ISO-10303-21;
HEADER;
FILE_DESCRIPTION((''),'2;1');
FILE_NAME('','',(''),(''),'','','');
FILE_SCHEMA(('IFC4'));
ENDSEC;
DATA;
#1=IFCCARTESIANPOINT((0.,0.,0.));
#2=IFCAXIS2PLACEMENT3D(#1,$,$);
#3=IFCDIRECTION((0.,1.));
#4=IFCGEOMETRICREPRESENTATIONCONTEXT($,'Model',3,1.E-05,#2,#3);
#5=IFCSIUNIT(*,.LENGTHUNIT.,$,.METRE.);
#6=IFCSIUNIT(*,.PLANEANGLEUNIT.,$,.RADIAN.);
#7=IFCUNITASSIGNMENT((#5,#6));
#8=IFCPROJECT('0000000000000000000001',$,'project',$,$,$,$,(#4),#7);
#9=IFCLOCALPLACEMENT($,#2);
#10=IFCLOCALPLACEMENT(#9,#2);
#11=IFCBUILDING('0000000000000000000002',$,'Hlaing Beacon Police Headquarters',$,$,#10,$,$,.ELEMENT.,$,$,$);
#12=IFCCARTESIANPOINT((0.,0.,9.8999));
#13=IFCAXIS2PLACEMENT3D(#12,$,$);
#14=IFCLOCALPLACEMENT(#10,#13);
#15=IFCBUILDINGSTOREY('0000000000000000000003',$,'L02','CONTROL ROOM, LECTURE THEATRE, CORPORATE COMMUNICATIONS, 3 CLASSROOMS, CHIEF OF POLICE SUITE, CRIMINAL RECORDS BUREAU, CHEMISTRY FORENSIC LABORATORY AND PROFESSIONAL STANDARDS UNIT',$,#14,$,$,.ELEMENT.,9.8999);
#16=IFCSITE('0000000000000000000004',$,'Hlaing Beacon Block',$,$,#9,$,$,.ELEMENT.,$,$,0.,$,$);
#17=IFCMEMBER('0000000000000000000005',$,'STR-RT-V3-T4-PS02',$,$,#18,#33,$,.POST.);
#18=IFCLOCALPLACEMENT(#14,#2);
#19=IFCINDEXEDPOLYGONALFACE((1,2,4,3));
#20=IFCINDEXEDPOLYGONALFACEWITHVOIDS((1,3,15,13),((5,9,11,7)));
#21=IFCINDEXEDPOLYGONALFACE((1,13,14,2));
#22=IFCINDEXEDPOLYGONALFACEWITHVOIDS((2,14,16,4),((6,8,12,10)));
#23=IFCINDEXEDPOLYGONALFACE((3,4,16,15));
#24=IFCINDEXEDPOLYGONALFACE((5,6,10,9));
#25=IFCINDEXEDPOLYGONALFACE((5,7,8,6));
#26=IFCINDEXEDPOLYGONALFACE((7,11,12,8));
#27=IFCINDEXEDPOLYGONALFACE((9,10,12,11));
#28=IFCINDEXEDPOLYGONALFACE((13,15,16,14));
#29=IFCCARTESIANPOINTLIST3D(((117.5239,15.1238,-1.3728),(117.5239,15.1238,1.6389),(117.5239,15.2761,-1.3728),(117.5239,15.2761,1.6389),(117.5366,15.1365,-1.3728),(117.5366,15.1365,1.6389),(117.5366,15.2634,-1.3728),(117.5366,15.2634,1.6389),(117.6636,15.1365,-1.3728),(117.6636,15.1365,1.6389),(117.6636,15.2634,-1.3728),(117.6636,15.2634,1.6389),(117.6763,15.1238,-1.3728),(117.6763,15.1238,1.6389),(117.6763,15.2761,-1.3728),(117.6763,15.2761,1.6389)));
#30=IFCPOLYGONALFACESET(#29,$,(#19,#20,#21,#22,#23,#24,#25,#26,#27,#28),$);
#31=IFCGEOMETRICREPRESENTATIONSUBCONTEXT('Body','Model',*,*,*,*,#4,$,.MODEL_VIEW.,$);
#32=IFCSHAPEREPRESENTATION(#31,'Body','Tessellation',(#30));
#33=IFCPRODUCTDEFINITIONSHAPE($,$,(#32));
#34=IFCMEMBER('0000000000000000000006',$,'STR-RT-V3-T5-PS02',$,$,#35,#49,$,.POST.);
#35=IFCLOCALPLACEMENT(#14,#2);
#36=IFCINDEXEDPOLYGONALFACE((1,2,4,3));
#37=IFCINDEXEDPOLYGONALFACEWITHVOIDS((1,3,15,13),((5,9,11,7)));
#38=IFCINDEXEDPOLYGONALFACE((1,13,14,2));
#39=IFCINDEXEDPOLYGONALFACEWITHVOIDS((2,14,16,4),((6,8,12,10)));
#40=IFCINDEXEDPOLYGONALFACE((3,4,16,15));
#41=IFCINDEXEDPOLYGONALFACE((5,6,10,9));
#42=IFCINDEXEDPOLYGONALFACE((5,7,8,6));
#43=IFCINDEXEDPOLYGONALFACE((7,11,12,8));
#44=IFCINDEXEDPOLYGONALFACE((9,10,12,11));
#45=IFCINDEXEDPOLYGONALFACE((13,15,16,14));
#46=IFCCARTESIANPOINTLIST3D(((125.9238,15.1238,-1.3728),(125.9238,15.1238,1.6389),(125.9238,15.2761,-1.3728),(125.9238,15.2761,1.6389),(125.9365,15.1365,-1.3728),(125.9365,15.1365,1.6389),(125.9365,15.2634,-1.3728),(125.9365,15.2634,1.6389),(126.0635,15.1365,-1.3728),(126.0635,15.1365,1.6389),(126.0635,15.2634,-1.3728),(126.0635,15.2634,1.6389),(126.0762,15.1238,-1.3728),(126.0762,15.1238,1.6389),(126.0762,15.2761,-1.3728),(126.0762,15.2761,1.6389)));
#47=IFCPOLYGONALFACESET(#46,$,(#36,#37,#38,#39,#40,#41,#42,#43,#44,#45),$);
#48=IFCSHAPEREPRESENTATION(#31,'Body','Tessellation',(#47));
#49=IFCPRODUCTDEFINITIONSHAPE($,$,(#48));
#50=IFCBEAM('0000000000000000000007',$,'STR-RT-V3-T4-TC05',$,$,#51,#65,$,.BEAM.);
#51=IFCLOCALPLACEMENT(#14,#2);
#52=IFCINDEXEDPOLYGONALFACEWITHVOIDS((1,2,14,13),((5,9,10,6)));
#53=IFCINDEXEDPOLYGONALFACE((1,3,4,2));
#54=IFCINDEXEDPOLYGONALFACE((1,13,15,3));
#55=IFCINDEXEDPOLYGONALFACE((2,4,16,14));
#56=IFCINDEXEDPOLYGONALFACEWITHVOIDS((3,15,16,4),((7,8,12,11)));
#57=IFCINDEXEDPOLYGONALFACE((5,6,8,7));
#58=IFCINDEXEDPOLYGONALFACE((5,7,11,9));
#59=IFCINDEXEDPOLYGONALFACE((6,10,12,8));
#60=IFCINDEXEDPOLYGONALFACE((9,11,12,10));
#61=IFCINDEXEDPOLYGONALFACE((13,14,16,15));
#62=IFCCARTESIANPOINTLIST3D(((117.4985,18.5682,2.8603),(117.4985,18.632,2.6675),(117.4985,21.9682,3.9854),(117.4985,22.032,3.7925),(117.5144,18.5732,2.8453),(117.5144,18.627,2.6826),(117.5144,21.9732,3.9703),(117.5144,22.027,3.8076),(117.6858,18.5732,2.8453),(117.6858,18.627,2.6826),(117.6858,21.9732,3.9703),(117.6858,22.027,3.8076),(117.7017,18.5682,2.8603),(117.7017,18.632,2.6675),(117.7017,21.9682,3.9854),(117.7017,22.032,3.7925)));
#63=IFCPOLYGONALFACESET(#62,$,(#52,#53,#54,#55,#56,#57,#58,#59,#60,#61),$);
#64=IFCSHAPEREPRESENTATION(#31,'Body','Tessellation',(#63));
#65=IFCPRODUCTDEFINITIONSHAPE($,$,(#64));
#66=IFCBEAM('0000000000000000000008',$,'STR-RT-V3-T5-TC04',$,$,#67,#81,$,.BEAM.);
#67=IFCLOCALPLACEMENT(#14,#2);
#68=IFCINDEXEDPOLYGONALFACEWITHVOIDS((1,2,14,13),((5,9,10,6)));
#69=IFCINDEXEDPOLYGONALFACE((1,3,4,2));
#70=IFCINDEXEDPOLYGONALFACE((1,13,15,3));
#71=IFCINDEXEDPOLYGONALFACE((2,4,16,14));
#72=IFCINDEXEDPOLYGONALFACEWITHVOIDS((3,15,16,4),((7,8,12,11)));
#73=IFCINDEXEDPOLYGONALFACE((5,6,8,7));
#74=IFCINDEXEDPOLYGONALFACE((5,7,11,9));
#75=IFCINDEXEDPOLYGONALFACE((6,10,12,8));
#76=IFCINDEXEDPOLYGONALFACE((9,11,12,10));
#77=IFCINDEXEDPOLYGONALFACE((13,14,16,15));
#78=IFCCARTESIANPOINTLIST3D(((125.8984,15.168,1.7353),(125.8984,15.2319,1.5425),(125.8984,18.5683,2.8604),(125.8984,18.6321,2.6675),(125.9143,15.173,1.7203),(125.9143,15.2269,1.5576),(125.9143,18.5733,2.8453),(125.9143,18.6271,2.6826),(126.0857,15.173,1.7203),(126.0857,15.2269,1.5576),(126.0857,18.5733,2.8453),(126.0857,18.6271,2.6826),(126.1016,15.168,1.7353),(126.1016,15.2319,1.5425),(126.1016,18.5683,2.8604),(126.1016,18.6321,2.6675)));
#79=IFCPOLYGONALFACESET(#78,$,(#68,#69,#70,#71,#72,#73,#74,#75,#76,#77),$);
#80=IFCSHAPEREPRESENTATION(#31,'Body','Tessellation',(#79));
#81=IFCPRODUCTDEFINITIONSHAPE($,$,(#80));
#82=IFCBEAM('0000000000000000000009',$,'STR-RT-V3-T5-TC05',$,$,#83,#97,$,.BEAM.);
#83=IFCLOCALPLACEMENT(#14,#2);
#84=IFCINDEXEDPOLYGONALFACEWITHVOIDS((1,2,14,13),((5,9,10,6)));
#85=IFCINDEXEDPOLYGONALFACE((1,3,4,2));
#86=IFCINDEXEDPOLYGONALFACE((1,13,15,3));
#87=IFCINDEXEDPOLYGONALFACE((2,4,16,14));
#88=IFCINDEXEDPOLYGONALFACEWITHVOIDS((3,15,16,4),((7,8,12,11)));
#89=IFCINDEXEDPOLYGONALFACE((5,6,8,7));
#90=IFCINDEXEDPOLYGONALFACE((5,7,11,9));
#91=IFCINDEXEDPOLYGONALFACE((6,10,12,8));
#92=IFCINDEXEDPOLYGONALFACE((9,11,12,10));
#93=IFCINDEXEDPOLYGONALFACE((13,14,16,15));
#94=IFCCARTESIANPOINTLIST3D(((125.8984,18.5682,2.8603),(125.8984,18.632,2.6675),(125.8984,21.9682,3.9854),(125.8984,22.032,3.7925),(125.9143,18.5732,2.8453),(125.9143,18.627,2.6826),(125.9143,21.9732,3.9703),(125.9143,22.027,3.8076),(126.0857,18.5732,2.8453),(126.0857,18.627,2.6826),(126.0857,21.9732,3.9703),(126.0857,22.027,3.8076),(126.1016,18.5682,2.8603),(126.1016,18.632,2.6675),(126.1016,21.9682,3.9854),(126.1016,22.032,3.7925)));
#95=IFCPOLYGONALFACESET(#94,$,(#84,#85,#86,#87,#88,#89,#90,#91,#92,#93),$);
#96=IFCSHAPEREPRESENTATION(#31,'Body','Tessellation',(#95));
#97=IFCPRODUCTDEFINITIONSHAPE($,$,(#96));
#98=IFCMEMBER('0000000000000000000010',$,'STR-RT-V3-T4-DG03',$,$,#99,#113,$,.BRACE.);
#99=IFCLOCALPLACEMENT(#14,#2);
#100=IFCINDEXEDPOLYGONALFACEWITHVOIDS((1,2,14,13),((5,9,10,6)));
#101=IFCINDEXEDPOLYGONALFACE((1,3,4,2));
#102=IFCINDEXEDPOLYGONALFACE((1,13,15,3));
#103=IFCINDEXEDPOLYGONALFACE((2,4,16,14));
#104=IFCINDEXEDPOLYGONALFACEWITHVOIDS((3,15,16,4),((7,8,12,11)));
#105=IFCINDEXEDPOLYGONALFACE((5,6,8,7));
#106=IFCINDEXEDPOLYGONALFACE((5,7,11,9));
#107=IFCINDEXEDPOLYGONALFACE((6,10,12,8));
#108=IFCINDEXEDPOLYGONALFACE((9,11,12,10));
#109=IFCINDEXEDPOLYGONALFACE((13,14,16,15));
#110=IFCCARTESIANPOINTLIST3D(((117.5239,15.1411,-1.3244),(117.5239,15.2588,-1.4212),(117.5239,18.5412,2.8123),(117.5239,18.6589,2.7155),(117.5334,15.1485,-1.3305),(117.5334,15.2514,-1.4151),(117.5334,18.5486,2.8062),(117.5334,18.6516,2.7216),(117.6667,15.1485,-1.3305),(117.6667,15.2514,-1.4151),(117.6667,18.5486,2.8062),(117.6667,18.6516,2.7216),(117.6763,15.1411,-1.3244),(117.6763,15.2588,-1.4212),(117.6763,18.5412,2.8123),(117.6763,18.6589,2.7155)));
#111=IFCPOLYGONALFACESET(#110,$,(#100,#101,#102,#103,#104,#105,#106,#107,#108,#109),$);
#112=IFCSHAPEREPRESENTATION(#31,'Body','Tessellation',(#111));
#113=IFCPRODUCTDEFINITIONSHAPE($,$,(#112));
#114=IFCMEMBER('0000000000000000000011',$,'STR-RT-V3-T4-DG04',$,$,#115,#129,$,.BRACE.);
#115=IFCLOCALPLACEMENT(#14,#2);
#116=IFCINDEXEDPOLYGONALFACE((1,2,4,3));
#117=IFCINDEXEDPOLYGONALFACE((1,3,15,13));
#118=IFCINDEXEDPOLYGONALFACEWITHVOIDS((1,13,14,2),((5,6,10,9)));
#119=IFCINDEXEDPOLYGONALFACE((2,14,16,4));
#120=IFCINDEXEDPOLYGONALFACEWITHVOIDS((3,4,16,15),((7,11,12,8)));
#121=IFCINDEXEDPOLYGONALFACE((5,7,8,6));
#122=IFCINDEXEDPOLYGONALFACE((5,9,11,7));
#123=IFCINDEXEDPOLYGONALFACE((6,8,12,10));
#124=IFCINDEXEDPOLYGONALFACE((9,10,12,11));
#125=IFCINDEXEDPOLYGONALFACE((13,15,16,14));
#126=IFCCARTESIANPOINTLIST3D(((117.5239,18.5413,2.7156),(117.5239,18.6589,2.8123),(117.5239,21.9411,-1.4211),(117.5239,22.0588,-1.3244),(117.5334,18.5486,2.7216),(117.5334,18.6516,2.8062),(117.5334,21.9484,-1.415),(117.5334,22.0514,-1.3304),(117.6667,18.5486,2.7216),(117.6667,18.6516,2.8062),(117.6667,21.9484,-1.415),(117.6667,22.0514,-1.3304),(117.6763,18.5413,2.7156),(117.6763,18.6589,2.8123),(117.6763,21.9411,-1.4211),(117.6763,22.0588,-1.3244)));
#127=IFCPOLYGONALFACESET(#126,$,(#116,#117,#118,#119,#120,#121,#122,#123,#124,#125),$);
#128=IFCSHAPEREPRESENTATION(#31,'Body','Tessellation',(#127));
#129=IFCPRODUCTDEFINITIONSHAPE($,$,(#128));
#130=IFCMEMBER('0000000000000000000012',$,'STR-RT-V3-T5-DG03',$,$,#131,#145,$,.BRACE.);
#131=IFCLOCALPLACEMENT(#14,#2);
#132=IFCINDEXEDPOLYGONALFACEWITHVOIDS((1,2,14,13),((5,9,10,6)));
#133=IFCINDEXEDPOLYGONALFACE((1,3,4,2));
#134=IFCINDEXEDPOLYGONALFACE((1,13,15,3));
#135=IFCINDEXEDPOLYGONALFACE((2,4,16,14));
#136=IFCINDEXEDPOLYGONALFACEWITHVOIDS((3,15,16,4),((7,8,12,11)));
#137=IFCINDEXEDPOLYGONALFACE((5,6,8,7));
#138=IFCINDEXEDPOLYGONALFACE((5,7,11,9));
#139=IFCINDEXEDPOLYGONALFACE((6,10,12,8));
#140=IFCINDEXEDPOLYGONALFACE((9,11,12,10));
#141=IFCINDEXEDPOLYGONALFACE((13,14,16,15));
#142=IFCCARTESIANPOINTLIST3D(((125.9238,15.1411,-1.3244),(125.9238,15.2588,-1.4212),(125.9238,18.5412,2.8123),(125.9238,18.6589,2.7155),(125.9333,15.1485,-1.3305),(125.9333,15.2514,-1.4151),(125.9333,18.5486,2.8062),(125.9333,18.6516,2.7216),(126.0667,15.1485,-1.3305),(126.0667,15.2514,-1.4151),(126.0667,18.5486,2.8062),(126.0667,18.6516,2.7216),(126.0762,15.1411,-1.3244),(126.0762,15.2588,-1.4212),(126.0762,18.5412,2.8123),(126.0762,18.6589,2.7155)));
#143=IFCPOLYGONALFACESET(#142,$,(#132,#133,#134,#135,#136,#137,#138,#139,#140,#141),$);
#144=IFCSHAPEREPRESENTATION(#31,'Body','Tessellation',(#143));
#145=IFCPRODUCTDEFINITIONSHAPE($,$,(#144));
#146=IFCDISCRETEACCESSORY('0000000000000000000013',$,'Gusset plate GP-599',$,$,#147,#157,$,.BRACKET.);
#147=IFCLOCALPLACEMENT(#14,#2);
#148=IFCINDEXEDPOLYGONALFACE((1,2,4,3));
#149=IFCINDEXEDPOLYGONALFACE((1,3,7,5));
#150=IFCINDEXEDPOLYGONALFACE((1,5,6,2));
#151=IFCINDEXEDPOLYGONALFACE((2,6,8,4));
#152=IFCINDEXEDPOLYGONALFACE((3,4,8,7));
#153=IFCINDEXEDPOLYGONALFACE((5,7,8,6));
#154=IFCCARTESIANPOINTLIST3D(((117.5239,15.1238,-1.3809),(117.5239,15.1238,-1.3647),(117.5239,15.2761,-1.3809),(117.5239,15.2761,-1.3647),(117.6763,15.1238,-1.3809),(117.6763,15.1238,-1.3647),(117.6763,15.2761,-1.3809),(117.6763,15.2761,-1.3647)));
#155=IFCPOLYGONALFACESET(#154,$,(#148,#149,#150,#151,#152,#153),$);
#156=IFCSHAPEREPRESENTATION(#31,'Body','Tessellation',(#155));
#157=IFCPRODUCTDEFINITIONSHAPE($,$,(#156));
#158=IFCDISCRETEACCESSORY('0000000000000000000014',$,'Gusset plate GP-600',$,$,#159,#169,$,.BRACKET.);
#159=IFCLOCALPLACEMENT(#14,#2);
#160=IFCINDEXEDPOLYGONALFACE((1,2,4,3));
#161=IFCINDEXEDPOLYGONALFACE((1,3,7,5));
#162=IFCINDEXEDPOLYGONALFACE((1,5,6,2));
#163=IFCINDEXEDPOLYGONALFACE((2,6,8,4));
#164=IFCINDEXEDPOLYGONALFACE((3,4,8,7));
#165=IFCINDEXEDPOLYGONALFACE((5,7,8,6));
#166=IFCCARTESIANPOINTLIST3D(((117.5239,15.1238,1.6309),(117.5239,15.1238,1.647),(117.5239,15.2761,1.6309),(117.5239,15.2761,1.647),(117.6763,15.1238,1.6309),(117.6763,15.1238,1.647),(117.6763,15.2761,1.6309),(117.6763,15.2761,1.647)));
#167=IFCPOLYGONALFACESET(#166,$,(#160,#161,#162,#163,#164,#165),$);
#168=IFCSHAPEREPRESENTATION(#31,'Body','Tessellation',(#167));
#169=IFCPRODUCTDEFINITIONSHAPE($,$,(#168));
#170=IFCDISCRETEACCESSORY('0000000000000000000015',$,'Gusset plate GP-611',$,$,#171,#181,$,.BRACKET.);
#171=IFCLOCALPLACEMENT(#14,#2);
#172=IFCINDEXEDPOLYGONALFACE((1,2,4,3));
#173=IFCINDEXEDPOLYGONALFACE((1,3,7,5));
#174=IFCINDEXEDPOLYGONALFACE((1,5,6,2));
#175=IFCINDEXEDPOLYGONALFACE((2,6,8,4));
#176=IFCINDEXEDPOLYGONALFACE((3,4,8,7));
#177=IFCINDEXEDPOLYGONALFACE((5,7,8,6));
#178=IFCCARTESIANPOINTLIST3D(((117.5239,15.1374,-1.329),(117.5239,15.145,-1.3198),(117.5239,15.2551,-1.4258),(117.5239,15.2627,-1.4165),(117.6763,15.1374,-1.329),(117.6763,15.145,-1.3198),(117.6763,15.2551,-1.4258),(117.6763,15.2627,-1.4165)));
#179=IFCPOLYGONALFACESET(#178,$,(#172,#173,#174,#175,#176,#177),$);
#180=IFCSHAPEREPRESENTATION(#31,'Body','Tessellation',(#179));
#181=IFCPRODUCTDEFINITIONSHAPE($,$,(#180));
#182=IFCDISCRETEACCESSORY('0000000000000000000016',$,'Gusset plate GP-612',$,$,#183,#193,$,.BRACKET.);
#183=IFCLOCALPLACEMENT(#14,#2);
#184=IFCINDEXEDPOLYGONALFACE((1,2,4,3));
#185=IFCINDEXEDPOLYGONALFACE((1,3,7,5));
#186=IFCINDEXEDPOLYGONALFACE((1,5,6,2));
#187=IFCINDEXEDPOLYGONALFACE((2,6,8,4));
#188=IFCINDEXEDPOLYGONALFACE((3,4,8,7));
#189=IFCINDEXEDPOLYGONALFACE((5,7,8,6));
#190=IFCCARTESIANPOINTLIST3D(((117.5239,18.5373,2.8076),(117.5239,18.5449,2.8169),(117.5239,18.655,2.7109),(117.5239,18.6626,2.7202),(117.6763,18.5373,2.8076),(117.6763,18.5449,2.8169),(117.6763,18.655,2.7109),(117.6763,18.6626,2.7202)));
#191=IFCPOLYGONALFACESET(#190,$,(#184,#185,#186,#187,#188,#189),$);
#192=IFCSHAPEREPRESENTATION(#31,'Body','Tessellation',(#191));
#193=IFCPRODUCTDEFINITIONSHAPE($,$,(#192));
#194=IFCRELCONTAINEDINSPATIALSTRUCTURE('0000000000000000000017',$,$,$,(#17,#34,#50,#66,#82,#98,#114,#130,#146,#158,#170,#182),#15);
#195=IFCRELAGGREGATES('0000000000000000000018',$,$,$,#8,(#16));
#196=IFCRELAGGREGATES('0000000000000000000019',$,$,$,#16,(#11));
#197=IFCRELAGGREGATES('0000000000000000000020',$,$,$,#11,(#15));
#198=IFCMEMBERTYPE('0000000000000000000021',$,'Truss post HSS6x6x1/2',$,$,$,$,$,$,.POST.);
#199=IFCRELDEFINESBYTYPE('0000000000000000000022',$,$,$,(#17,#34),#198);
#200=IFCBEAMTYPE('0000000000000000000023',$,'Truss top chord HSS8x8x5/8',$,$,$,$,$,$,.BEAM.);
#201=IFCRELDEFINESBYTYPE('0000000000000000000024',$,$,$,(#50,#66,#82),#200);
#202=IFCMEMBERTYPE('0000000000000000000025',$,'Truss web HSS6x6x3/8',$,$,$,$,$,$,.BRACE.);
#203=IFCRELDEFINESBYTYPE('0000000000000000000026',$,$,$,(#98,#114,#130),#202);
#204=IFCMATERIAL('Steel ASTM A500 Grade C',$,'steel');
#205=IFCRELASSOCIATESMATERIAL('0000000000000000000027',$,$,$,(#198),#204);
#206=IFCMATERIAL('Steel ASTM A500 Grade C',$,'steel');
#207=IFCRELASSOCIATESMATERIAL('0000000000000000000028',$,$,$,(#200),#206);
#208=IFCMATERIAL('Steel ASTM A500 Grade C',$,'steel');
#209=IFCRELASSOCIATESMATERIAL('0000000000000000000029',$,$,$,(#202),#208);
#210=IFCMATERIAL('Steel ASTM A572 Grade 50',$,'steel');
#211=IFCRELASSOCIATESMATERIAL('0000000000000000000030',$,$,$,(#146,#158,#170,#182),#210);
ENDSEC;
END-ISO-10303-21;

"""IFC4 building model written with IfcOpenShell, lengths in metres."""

from ifc_helpers import new_model, si_unit, direction, frame, origin, origin_2d, place, context, subcontext, project, spatial, rectangle, hollow_rectangle, extrude, material, material_profile, profile_set, type_object, element, save


model = new_model("IFC4")

# Units and contexts
model_context = context("Model", 3, precision=1e-05, world=origin(), true_north=direction((0.0, 1.0)))
body_context = subcontext(model_context, "Body", "Model", "MODEL_VIEW")
ifc_project = project(units=[si_unit("LENGTHUNIT", "METRE"), si_unit("PLANEANGLEUNIT", "RADIAN")], contexts=[model_context])

# Site, building, storey
site_placement = place(None, origin())
site = spatial("IfcSite", under=ifc_project, at=site_placement, Name="Hlaing Beacon Block", CompositionType="ELEMENT", RefElevation=0.0)
building_placement = place(site_placement, origin())
building = spatial("IfcBuilding", under=site, at=building_placement, Name="Hlaing Beacon Police Headquarters", CompositionType="ELEMENT")
storey_placement = place(building_placement, frame((0.0, 0.0, 9.8999)))
storey = spatial("IfcBuildingStorey", under=building, at=storey_placement, Name="L02", Description="CONTROL ROOM, LECTURE THEATRE, CORPORATE COMMUNICATIONS, 3 CLASSROOMS, CHIEF OF POLICE SUITE, CRIMINAL RECORDS BUREAU, CHEMISTRY FORENSIC LABORATORY AND PROFESSIONAL STANDARDS UNIT", CompositionType="ELEMENT", Elevation=9.8999)

# Members
ifc_material_1 = material(Name="Steel ASTM A500 Grade C", Category="steel")
ifc_material_profile_1 = material_profile(ifc_material_1, hollow_rectangle(XDim=0.1523, YDim=0.1523, WallThickness=0.0127, at=origin_2d()), Name="HSS6x6x1/2")
ifc_profile_set_1 = profile_set([ifc_material_profile_1], Name="Steel ASTM A500 Grade C")
member_type_1 = type_object("IfcMemberType", Name="Truss post HSS6x6x1/2", PredefinedType="POST", material=ifc_profile_set_1)
for number, where, z_axis, x_axis, name in (
    (1, (117.6001, 15.2, -1.3728), (0.0, 0.0, 1.0), (1.0, 0.0, 0.0), "STR-RT-V3-T4-PS02"),
    (2, (126.0, 15.2, -1.3728), (0.0, 0.0, 1.0), (1.0, 0.0, 0.0), "STR-RT-V3-T5-PS02"),
):
    element("IfcMember", number, at=place(storey_placement, frame(where, z_axis=z_axis, x_axis=x_axis)), inside=storey, type_object=member_type_1, Name=name, PredefinedType="POST", context=body_context, shape_type="SweptSolid", body=[
        extrude(hollow_rectangle(XDim=0.1523, YDim=0.1523, WallThickness=0.0127, at=origin_2d()), origin(), (0.0, 0.0, 1.0), 3.0117),
    ])

# Beams
ifc_material_2 = material(Name="Steel ASTM A500 Grade C", Category="steel")
ifc_material_profile_2 = material_profile(ifc_material_2, hollow_rectangle(XDim=0.2031, YDim=0.2031, WallThickness=0.0159, at=origin_2d()), Name="HSS8x8x5/8")
ifc_profile_set_2 = profile_set([ifc_material_profile_2], Name="Steel ASTM A500 Grade C")
beam_type_1 = type_object("IfcBeamType", Name="Truss top chord HSS8x8x5/8", PredefinedType="BEAM", material=ifc_profile_set_2)
beam_1_placement = place(storey_placement, frame((117.6001, 18.6001, 2.7639), z_axis=(0.0, 0.949376, 0.314141), x_axis=(-1.0, 0.0, 0.0)))
element("IfcBeam", 3, at=beam_1_placement, inside=storey, type_object=beam_type_1, Name="STR-RT-V3-T4-TC05", PredefinedType="BEAM", context=body_context, shape_type="SweptSolid", body=[
    extrude(hollow_rectangle(XDim=0.2031, YDim=0.2031, WallThickness=0.0159, at=origin_2d()), origin(), (0.0, 0.0, 1.0), 3.5813),
])
beam_2_placement = place(storey_placement, frame((126.0, 15.2, 1.6389), z_axis=(0.0, 0.949383, 0.314121), x_axis=(-1.0, 0.0, 0.0)))
element("IfcBeam", 4, at=beam_2_placement, inside=storey, type_object=beam_type_1, Name="STR-RT-V3-T5-TC04", PredefinedType="BEAM", context=body_context, shape_type="SweptSolid", body=[
    extrude(hollow_rectangle(XDim=0.2031, YDim=0.2031, WallThickness=0.0159, at=origin_2d()), origin(), (0.0, 0.0, 1.0), 3.5815),
])
beam_3_placement = place(storey_placement, frame((126.0, 18.6001, 2.7639), z_axis=(0.0, 0.949376, 0.314141), x_axis=(-1.0, 0.0, 0.0)))
element("IfcBeam", 5, at=beam_3_placement, inside=storey, type_object=beam_type_1, Name="STR-RT-V3-T5-TC05", PredefinedType="BEAM", context=body_context, shape_type="SweptSolid", body=[
    extrude(hollow_rectangle(XDim=0.2031, YDim=0.2031, WallThickness=0.0159, at=origin_2d()), origin(), (0.0, 0.0, 1.0), 3.5813),
])

# Members
ifc_material_3 = material(Name="Steel ASTM A500 Grade C", Category="steel")
ifc_material_profile_3 = material_profile(ifc_material_3, hollow_rectangle(XDim=0.1523, YDim=0.1523, WallThickness=0.0095, at=origin_2d()), Name="HSS6x6x3/8")
ifc_profile_set_3 = profile_set([ifc_material_profile_3], Name="Steel ASTM A500 Grade C")
member_type_2 = type_object("IfcMemberType", Name="Truss web HSS6x6x3/8", PredefinedType="BRACE", material=ifc_profile_set_3)
member_1_placement = place(storey_placement, frame((117.6001, 15.2, -1.3728), z_axis=(0.0, 0.634977, 0.772531), x_axis=(-1.0, 0.0, 0.0)))
element("IfcMember", 6, at=member_1_placement, inside=storey, type_object=member_type_2, Name="STR-RT-V3-T4-DG03", PredefinedType="BRACE", context=body_context, shape_type="SweptSolid", body=[
    extrude(hollow_rectangle(XDim=0.1523, YDim=0.1523, WallThickness=0.0095, at=origin_2d()), origin(), (0.0, 0.0, 1.0), 5.3547),
])
member_2_placement = place(storey_placement, frame((117.6001, 18.6001, 2.7639), z_axis=(0.0, 0.634949, -0.772554), x_axis=(-1.0, 0.0, 0.0)))
element("IfcMember", 7, at=member_2_placement, inside=storey, type_object=member_type_2, Name="STR-RT-V3-T4-DG04", PredefinedType="BRACE", context=body_context, shape_type="SweptSolid", body=[
    extrude(hollow_rectangle(XDim=0.1523, YDim=0.1523, WallThickness=0.0095, at=origin_2d()), origin(), (0.0, 0.0, 1.0), 5.3545),
])
member_3_placement = place(storey_placement, frame((126.0, 15.2, -1.3728), z_axis=(0.0, 0.634977, 0.772531), x_axis=(-1.0, 0.0, 0.0)))
element("IfcMember", 8, at=member_3_placement, inside=storey, type_object=member_type_2, Name="STR-RT-V3-T5-DG03", PredefinedType="BRACE", context=body_context, shape_type="SweptSolid", body=[
    extrude(hollow_rectangle(XDim=0.1523, YDim=0.1523, WallThickness=0.0095, at=origin_2d()), origin(), (0.0, 0.0, 1.0), 5.3547),
])

# Discrete accessories
ifc_material_4 = material(Name="Steel ASTM A572 Grade 50", Category="steel")
for number, where, z_axis, x_axis, name in (
    (9, (117.6001, 15.2, -1.3647), (0.0, 0.0, -1.0), (1.0, 0.0, 0.0), "Gusset plate GP-599"),
    (10, (117.6001, 15.2, 1.6309), (0.0, 0.0, 1.0), (1.0, 0.0, 0.0), "Gusset plate GP-600"),
):
    element("IfcDiscreteAccessory", number, at=place(storey_placement, frame(where, z_axis=z_axis, x_axis=x_axis)), inside=storey, material=ifc_material_4, Name=name, PredefinedType="BRACKET", context=body_context, shape_type="SweptSolid", body=[
        extrude(rectangle(XDim=0.1523, YDim=0.1523, at=origin_2d()), origin(), (0.0, 0.0, 1.0), 0.0161),
    ])
for number, where, z_axis, x_axis, name in (
    (11, (117.6001, 15.2039, -1.3682), (0.0, -0.634977, -0.772531), (1.0, 0.0, 0.0), "Gusset plate GP-611"),
    (12, (117.6001, 18.5962, 2.7593), (0.0, 0.634977, 0.772531), (-1.0, 0.0, 0.0), "Gusset plate GP-612"),
):
    element("IfcDiscreteAccessory", number, at=place(storey_placement, frame(where, z_axis=z_axis, x_axis=x_axis)), inside=storey, material=ifc_material_4, Name=name, PredefinedType="BRACKET", context=body_context, shape_type="SweptSolid", body=[
        extrude(rectangle(XDim=0.1523, YDim=0.1523, at=origin_2d()), origin(), (0.0, 0.0, 1.0), 0.012),
    ])

save(model, "model.ifc")
